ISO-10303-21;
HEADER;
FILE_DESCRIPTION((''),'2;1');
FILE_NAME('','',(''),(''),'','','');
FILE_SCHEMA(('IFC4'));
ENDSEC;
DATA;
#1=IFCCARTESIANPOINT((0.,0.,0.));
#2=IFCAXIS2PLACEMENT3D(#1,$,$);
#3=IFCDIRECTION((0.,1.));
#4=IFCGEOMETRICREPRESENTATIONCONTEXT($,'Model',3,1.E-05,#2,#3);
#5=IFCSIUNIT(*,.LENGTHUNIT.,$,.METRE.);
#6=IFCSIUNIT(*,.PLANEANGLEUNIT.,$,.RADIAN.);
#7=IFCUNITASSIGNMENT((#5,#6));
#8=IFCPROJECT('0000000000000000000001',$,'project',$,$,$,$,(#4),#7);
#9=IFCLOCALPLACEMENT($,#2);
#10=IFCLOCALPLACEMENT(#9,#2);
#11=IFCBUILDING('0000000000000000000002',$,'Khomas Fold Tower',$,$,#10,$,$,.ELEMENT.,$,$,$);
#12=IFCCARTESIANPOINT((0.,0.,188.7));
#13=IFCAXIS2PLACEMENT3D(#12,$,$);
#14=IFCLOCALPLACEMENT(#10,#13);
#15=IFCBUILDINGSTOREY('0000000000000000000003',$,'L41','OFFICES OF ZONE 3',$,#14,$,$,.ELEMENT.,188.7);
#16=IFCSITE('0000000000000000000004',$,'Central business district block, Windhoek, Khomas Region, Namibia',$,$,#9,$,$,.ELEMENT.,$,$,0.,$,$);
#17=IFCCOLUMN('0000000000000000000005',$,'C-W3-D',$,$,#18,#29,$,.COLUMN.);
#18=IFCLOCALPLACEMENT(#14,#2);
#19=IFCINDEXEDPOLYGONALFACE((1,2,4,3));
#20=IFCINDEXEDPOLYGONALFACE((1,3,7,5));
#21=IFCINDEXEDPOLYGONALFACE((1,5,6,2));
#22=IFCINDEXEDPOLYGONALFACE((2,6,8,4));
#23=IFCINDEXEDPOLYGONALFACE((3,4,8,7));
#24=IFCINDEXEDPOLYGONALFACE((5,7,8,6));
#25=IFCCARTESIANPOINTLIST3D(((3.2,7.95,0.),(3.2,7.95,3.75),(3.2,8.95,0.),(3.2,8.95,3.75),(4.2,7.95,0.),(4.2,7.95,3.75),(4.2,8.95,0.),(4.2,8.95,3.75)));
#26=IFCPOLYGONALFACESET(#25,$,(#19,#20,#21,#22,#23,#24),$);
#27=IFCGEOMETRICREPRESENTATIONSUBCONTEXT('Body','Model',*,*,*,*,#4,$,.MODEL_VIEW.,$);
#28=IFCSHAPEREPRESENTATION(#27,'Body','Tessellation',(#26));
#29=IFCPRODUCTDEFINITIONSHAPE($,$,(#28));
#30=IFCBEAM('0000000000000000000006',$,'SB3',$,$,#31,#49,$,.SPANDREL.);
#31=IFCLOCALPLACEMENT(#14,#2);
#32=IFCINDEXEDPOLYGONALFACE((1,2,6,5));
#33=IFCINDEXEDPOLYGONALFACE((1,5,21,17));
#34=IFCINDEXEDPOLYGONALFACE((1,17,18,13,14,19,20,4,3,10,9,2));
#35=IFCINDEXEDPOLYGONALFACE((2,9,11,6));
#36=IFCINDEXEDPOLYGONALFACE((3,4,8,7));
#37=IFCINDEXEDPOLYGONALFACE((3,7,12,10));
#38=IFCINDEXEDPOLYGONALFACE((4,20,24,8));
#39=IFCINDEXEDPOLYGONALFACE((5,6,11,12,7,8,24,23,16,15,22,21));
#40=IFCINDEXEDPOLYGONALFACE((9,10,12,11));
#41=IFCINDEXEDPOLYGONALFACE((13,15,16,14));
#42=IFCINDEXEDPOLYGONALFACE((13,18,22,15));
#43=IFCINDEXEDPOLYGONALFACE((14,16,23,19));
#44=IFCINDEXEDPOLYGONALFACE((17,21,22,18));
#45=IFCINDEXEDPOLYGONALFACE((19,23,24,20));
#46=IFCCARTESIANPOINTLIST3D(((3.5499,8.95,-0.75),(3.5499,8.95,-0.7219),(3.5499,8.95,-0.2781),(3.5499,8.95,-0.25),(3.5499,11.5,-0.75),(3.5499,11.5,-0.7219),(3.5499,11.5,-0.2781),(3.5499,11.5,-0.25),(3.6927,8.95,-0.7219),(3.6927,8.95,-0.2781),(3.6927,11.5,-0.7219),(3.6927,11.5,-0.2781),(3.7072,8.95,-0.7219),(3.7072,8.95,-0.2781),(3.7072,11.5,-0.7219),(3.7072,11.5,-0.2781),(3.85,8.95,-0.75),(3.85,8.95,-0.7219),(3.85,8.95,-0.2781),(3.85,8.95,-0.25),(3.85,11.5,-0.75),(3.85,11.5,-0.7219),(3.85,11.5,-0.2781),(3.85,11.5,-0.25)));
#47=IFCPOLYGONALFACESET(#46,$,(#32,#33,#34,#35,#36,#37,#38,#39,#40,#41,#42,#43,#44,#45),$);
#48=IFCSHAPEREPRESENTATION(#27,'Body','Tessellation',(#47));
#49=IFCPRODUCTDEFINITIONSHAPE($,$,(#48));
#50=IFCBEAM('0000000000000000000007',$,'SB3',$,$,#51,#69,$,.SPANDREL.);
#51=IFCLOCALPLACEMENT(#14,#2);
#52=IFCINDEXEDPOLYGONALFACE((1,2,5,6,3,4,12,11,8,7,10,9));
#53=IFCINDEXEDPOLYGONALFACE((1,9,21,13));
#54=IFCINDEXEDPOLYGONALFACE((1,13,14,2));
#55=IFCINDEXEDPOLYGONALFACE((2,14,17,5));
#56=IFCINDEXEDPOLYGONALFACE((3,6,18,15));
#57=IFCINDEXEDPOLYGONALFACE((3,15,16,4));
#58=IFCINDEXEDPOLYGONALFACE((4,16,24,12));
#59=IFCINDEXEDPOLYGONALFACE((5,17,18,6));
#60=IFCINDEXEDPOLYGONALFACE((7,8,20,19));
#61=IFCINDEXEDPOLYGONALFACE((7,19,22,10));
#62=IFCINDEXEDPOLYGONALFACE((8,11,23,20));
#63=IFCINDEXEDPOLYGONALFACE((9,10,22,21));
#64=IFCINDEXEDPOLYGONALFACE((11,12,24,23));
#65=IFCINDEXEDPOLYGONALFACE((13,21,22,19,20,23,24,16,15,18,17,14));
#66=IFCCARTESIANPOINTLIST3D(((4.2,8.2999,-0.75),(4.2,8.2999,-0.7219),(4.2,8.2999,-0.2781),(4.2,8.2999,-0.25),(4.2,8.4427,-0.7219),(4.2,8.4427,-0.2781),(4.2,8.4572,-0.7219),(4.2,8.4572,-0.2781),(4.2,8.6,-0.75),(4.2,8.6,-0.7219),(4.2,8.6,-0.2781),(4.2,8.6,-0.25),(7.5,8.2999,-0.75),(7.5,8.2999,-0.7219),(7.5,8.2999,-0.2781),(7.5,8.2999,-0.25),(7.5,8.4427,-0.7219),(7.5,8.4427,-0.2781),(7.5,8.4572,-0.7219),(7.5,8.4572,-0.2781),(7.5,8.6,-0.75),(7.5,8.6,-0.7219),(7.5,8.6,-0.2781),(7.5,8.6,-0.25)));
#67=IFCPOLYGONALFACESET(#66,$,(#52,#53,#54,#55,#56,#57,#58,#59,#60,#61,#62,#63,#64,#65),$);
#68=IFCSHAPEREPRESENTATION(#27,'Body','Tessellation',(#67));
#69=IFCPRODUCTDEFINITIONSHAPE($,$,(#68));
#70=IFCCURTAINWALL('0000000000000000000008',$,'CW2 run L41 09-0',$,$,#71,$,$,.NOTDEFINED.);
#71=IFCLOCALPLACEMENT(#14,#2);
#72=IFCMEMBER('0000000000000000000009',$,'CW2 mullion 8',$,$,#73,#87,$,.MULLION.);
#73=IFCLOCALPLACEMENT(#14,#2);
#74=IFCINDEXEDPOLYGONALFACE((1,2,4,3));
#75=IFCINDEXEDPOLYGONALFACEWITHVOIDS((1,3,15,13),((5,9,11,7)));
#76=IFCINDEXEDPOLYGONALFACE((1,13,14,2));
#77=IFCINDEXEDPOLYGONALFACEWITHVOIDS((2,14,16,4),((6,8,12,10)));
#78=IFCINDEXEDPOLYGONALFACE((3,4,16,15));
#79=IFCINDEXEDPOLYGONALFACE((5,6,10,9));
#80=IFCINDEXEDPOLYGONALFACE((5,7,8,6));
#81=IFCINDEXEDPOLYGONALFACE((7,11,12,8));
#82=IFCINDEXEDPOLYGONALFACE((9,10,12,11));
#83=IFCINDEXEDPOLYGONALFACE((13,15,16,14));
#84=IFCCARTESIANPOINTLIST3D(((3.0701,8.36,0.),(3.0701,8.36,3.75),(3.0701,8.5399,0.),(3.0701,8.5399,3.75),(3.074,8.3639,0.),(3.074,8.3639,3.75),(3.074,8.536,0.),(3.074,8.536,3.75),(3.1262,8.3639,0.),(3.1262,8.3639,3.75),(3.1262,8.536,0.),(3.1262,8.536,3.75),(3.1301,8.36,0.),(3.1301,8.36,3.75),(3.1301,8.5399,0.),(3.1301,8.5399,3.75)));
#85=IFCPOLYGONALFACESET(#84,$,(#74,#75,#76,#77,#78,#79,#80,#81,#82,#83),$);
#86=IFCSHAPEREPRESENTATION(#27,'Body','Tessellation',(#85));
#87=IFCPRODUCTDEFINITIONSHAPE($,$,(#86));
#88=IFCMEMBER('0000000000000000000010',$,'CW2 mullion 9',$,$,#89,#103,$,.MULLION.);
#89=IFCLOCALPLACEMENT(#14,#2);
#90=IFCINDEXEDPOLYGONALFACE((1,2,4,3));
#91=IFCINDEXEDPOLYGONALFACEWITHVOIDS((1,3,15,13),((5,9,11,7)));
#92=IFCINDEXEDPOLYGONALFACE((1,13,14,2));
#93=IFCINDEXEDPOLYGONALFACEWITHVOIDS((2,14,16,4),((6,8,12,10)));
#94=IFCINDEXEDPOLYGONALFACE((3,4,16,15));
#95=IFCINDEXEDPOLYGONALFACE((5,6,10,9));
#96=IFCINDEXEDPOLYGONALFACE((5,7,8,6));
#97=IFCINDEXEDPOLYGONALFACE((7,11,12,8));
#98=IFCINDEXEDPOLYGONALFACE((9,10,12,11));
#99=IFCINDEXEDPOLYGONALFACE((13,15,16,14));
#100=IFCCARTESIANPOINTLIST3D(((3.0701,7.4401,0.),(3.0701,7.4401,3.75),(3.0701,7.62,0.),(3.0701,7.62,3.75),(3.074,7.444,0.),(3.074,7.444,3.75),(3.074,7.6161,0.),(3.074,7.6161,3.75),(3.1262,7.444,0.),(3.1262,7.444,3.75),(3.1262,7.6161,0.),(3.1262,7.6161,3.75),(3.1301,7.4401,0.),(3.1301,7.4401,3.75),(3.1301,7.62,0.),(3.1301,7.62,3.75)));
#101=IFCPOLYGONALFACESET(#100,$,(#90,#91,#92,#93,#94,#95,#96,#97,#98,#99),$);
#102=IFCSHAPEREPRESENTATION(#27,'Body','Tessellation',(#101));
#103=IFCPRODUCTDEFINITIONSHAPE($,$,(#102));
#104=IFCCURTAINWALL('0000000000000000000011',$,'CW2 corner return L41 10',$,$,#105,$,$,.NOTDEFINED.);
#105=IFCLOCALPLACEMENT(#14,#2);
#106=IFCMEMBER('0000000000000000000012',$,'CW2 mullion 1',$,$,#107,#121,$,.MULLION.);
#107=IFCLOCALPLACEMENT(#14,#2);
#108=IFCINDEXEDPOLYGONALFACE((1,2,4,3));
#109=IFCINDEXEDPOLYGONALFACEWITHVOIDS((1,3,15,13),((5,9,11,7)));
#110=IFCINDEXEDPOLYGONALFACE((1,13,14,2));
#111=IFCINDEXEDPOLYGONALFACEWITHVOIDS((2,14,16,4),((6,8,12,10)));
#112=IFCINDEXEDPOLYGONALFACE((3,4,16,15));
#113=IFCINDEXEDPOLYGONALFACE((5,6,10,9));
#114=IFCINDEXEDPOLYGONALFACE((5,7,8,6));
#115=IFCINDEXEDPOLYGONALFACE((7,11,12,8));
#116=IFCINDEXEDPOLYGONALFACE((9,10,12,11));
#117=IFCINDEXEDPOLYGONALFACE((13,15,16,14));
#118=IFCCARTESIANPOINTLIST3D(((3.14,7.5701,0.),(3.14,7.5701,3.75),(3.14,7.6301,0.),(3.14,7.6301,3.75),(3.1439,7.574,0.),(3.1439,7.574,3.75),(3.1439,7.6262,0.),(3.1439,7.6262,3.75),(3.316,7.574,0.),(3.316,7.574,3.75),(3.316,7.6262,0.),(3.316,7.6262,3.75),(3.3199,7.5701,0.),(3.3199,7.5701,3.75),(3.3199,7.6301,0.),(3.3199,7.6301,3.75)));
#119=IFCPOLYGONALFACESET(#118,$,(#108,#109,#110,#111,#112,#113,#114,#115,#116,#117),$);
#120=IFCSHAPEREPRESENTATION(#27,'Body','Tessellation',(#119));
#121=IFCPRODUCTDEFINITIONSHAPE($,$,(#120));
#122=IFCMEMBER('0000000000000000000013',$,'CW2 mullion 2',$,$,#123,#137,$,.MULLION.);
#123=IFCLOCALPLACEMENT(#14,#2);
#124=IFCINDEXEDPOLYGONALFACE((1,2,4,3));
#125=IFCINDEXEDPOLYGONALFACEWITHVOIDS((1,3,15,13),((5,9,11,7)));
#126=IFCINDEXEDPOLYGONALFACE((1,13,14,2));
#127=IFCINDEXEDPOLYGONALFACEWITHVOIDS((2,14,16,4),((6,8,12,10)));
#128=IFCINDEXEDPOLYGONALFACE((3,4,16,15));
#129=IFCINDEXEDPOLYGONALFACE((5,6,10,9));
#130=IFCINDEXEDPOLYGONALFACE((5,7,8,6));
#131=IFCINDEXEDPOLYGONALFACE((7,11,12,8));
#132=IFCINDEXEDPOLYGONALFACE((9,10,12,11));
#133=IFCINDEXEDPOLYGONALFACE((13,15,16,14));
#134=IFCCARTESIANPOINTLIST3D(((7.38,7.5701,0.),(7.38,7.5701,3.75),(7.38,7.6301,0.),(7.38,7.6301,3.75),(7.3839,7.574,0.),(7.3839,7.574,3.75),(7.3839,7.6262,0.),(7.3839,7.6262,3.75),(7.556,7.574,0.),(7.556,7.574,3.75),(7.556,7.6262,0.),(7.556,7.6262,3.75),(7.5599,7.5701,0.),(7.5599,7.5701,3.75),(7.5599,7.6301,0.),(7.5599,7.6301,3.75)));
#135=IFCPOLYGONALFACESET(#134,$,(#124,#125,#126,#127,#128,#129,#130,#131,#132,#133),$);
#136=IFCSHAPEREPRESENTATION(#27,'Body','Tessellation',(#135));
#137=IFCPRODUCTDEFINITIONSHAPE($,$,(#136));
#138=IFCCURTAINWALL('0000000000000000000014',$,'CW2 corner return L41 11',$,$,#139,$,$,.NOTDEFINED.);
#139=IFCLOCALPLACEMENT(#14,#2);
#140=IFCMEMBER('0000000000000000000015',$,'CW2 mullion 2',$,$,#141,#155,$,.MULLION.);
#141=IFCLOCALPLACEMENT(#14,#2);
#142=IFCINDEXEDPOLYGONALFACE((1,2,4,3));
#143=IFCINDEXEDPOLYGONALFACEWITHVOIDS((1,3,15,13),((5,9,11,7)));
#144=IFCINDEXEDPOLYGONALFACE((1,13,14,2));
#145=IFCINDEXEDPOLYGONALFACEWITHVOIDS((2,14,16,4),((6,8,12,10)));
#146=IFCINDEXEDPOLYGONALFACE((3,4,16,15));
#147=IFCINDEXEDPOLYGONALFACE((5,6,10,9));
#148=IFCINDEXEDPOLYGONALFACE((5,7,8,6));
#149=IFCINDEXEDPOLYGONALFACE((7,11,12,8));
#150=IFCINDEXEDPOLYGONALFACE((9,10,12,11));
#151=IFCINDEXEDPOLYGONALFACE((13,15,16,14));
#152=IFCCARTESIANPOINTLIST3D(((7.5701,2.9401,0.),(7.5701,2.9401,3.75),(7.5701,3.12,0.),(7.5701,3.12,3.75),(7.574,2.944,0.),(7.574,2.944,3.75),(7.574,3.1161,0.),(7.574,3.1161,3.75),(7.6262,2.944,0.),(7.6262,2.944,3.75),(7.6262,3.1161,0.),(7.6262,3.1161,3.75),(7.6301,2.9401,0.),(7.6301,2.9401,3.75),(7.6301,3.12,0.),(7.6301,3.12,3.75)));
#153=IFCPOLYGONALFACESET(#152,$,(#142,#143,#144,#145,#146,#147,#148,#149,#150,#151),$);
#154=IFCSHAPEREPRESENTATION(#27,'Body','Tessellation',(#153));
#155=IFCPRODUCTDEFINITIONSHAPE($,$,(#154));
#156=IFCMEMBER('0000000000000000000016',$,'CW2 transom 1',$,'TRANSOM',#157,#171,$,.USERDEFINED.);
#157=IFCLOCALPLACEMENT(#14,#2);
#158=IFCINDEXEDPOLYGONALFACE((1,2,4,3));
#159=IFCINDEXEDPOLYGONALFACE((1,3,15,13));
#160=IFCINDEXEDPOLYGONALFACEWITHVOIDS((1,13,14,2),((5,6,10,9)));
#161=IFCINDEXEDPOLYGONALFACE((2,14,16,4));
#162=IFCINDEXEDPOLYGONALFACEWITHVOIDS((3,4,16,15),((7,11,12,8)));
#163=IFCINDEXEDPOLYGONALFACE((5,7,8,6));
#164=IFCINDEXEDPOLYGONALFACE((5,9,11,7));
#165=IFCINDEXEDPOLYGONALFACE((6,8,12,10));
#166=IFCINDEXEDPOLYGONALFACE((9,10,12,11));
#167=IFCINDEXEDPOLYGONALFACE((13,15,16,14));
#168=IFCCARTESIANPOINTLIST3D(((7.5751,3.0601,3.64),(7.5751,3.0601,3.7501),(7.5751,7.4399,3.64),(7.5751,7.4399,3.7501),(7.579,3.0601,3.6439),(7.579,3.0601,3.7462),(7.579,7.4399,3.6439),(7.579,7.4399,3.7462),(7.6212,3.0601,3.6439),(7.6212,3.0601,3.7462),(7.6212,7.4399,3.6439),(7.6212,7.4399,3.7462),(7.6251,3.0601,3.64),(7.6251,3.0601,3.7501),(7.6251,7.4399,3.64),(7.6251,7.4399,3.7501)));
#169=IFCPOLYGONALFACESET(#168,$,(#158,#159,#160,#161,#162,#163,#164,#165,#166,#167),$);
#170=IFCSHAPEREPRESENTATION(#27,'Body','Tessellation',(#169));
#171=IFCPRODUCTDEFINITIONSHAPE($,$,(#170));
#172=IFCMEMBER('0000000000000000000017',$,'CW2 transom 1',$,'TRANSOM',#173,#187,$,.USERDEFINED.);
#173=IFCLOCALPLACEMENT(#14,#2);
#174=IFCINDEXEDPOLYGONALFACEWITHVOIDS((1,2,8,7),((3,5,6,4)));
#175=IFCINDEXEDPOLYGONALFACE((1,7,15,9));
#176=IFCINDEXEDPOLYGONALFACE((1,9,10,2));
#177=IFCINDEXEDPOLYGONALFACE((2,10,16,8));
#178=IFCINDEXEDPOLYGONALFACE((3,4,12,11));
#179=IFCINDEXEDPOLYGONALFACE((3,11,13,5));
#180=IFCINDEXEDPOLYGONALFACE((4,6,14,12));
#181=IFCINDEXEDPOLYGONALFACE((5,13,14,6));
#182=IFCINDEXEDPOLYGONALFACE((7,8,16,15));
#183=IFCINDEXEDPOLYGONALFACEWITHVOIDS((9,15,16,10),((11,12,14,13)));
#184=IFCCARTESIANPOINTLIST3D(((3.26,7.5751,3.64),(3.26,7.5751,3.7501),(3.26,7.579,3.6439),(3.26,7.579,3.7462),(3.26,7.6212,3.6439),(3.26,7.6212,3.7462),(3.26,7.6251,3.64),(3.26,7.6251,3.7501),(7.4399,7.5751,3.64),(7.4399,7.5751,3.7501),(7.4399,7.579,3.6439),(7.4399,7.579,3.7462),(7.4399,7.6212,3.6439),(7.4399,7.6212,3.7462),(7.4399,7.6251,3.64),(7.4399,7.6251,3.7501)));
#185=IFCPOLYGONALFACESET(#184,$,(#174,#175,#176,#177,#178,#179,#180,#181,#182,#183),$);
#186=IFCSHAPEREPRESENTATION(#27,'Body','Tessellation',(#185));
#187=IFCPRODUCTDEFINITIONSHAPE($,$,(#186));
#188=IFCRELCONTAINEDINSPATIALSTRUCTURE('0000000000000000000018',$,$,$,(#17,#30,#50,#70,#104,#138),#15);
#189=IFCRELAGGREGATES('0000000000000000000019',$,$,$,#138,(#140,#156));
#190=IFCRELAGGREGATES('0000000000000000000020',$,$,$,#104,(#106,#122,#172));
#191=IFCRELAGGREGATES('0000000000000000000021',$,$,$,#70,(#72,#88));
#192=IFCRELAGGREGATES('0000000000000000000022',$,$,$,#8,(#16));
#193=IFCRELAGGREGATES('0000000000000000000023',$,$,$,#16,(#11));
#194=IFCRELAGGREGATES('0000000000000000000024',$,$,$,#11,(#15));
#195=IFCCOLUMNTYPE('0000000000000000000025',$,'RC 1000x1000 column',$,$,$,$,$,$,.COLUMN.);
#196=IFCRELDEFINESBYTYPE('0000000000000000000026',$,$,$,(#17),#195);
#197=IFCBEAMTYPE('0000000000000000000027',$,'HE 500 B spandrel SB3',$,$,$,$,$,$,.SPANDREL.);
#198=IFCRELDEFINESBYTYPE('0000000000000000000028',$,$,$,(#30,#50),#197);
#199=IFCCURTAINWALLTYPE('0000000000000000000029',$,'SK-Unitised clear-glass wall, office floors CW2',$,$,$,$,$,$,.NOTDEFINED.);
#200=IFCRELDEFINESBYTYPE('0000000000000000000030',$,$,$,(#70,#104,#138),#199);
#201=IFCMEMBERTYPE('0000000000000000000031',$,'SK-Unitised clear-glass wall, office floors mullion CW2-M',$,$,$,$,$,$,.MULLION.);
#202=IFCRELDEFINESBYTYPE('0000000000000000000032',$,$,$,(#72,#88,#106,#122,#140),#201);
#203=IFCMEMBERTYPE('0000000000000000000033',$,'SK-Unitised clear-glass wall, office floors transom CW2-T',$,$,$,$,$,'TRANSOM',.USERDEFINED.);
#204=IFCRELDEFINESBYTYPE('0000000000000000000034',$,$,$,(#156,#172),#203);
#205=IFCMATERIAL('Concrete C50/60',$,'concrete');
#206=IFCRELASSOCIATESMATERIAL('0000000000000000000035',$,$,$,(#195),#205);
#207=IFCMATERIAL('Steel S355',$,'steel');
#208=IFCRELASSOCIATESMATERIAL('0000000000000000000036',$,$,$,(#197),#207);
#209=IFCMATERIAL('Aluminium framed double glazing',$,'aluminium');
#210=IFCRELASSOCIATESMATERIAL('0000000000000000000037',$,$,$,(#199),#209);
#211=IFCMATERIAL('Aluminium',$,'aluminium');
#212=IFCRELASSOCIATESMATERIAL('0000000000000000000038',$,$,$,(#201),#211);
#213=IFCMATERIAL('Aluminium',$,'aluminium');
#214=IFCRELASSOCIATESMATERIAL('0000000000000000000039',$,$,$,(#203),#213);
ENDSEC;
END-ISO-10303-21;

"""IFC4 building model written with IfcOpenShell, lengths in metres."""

from ifc_helpers import new_model, si_unit, direction, frame, origin, origin_2d, place, context, subcontext, project, spatial, rectangle, hollow_rectangle, i_section, extrude, source, transform, mapped, material, material_profile, profile_set, type_object, element, aggregate, save


model = new_model("IFC4")

# Units and contexts
model_context = context("Model", 3, precision=1e-05, world=origin(), true_north=direction((0.0, 1.0)))
body_context = subcontext(model_context, "Body", "Model", "MODEL_VIEW")
ifc_project = project(units=[si_unit("LENGTHUNIT", "METRE"), si_unit("PLANEANGLEUNIT", "RADIAN")], contexts=[model_context])

# Site, building, storey
site_placement = place(None, origin())
site = spatial("IfcSite", under=ifc_project, at=site_placement, Name="Central business district block, Windhoek, Khomas Region, Namibia", CompositionType="ELEMENT", RefElevation=0.0)
building_placement = place(site_placement, origin())
building = spatial("IfcBuilding", under=site, at=building_placement, Name="Khomas Fold Tower", CompositionType="ELEMENT")
storey_placement = place(building_placement, frame((0.0, 0.0, 188.7)))
storey = spatial("IfcBuildingStorey", under=building, at=storey_placement, Name="L41", Description="OFFICES OF ZONE 3", CompositionType="ELEMENT", Elevation=188.7)

# Column
ifc_material_1 = material(Name="Concrete C50/60", Category="concrete")
ifc_material_profile_1 = material_profile(ifc_material_1, rectangle(XDim=1.0, YDim=1.0, at=origin_2d()), Name="RC 1000x1000")
ifc_profile_set_1 = profile_set([ifc_material_profile_1], Name="Concrete C50/60")
column_type = type_object("IfcColumnType", Name="RC 1000x1000 column", PredefinedType="COLUMN", material=ifc_profile_set_1)
shared_shape_1 = source(origin(), body_context, "Body", "SweptSolid", [
    extrude(rectangle(XDim=1.0, YDim=1.0, at=origin_2d()), origin(), (0.0, 0.0, 1.0), 3.75),
])
column_placement = place(storey_placement, frame((3.7, 8.45, 0.0), z_axis=(0.0, 0.0, 1.0), x_axis=(1.0, 0.0, 0.0)))
element("IfcColumn", 1, at=column_placement, inside=storey, type_object=column_type, Name="C-W3-D", PredefinedType="COLUMN", context=body_context, shape_type="MappedRepresentation", body=[
    mapped(shared_shape_1, transform((0.0, 0.0, 0.0))),
])

# Beams
ifc_material_2 = material(Name="Steel S355", Category="steel")
ifc_material_profile_2 = material_profile(ifc_material_2, i_section(OverallWidth=0.3, OverallDepth=0.5, WebThickness=0.0144, FlangeThickness=0.0281, at=origin_2d()), Name="HE 500 B")
ifc_profile_set_2 = profile_set([ifc_material_profile_2], Name="Steel S355")
beam_type = type_object("IfcBeamType", Name="HE 500 B spandrel SB3", PredefinedType="SPANDREL", material=ifc_profile_set_2)
shared_shape_2 = source(origin(), body_context, "Body", "SweptSolid", [
    extrude(i_section(OverallWidth=0.3, OverallDepth=0.5, WebThickness=0.0144, FlangeThickness=0.0281, at=origin_2d()), origin(), (0.0, 0.0, 1.0), 2.55),
])
beam_1_placement = place(storey_placement, frame((3.7, 8.95, -0.5), z_axis=(0.0, 1.0, 0.0), x_axis=(-1.0, 0.0, 0.0)))
element("IfcBeam", 2, at=beam_1_placement, inside=storey, type_object=beam_type, Name="SB3", PredefinedType="SPANDREL", context=body_context, shape_type="MappedRepresentation", body=[
    mapped(shared_shape_2, transform((0.0, 0.0, 0.0))),
])
shared_shape_3 = source(origin(), body_context, "Body", "SweptSolid", [
    extrude(i_section(OverallWidth=0.3, OverallDepth=0.5, WebThickness=0.0144, FlangeThickness=0.0281, at=origin_2d()), origin(), (0.0, 0.0, 1.0), 3.3),
])
beam_2_placement = place(storey_placement, frame((4.2, 8.45, -0.5), z_axis=(1.0, 0.0, 0.0), x_axis=(0.0, 1.0, 0.0)))
element("IfcBeam", 3, at=beam_2_placement, inside=storey, type_object=beam_type, Name="SB3", PredefinedType="SPANDREL", context=body_context, shape_type="MappedRepresentation", body=[
    mapped(shared_shape_3, transform((0.0, 0.0, 0.0))),
])

# Curtain walls, members
ifc_material_3 = material(Name="Aluminium framed double glazing", Category="aluminium")
curtain_wall_type = type_object("IfcCurtainWallType", Name="SK-Unitised clear-glass wall, office floors CW2", PredefinedType="NOTDEFINED", material=ifc_material_3)
curtain_wall_1_placement = place(storey_placement, origin())
curtain_wall_1 = element("IfcCurtainWall", 4, at=curtain_wall_1_placement, inside=storey, type_object=curtain_wall_type, Name="CW2 run L41 09-0", PredefinedType="NOTDEFINED")
ifc_material_4 = material(Name="Aluminium", Category="aluminium")
ifc_material_profile_3 = material_profile(ifc_material_4, hollow_rectangle(XDim=0.0601, YDim=0.1799, WallThickness=0.0039, at=origin_2d()), Name="SK-Unitised clear-glass wall, office floors mullion CW2-M")
ifc_profile_set_3 = profile_set([ifc_material_profile_3], Name="Aluminium")
member_type_1 = type_object("IfcMemberType", Name="SK-Unitised clear-glass wall, office floors mullion CW2-M", PredefinedType="MULLION", material=ifc_profile_set_3)
shared_shape_4 = source(origin(), body_context, "Body", "SweptSolid", [
    extrude(hollow_rectangle(XDim=0.0601, YDim=0.1799, WallThickness=0.0039, at=origin_2d()), origin(), (0.0, 0.0, 1.0), 3.75),
])
member_1_placement = place(storey_placement, frame((3.1001, 8.45, 0.0), z_axis=(0.0, 0.0, 1.0), x_axis=(1.0, 0.0, 0.0)))
member_1 = element("IfcMember", 5, at=member_1_placement, type_object=member_type_1, Name="CW2 mullion 8", PredefinedType="MULLION", context=body_context, shape_type="MappedRepresentation", body=[
    mapped(shared_shape_4, transform((0.0, 0.0, 0.0))),
])
member_2_placement = place(storey_placement, frame((3.1001, 7.53, 0.0), z_axis=(0.0, 0.0, 1.0), x_axis=(1.0, 0.0, 0.0)))
member_2 = element("IfcMember", 6, at=member_2_placement, type_object=member_type_1, Name="CW2 mullion 9", PredefinedType="MULLION", context=body_context, shape_type="MappedRepresentation", body=[
    mapped(shared_shape_4, transform((0.0, 0.0, 0.0))),
])
curtain_wall_2_placement = place(storey_placement, origin())
curtain_wall_2 = element("IfcCurtainWall", 7, at=curtain_wall_2_placement, inside=storey, type_object=curtain_wall_type, Name="CW2 corner return L41 10", PredefinedType="NOTDEFINED")
member_3_placement = place(storey_placement, frame((3.23, 7.6001, 0.0), z_axis=(0.0, 0.0, 1.0), x_axis=(0.0, 1.0, 0.0)))
member_3 = element("IfcMember", 8, at=member_3_placement, type_object=member_type_1, Name="CW2 mullion 1", PredefinedType="MULLION", context=body_context, shape_type="MappedRepresentation", body=[
    mapped(shared_shape_4, transform((0.0, 0.0, 0.0))),
])
member_4_placement = place(storey_placement, frame((7.47, 7.6001, 0.0), z_axis=(0.0, 0.0, 1.0), x_axis=(0.0, 1.0, 0.0)))
member_4 = element("IfcMember", 9, at=member_4_placement, type_object=member_type_1, Name="CW2 mullion 2", PredefinedType="MULLION", context=body_context, shape_type="MappedRepresentation", body=[
    mapped(shared_shape_4, transform((0.0, 0.0, 0.0))),
])
curtain_wall_3_placement = place(storey_placement, origin())
curtain_wall_3 = element("IfcCurtainWall", 10, at=curtain_wall_3_placement, inside=storey, type_object=curtain_wall_type, Name="CW2 corner return L41 11", PredefinedType="NOTDEFINED")
member_5_placement = place(storey_placement, frame((7.6001, 3.03, 0.0), z_axis=(0.0, 0.0, 1.0), x_axis=(1.0, 0.0, 0.0)))
member_5 = element("IfcMember", 11, at=member_5_placement, type_object=member_type_1, Name="CW2 mullion 2", PredefinedType="MULLION", context=body_context, shape_type="MappedRepresentation", body=[
    mapped(shared_shape_4, transform((0.0, 0.0, 0.0))),
])
ifc_material_5 = material(Name="Aluminium", Category="aluminium")
ifc_material_profile_4 = material_profile(ifc_material_5, hollow_rectangle(XDim=0.05, YDim=0.1101, WallThickness=0.0039, at=origin_2d()), Name="SK-Unitised clear-glass wall, office floors transom CW2-T")
ifc_profile_set_4 = profile_set([ifc_material_profile_4], Name="Aluminium")
member_type_2 = type_object("IfcMemberType", Name="SK-Unitised clear-glass wall, office floors transom CW2-T", ElementType="TRANSOM", PredefinedType="USERDEFINED", material=ifc_profile_set_4)
shared_shape_5 = source(origin(), body_context, "Body", "SweptSolid", [
    extrude(hollow_rectangle(XDim=0.05, YDim=0.1101, WallThickness=0.0039, at=origin_2d()), origin(), (0.0, 0.0, 1.0), 4.3799),
])
member_6_placement = place(storey_placement, frame((7.6001, 7.4399, 3.6951), z_axis=(0.0, -1.0, 0.0), x_axis=(1.0, 0.0, 0.0)))
member_6 = element("IfcMember", 12, at=member_6_placement, type_object=member_type_2, Name="CW2 transom 1", ObjectType="TRANSOM", PredefinedType="USERDEFINED", context=body_context, shape_type="MappedRepresentation", body=[
    mapped(shared_shape_5, transform((0.0, 0.0, 0.0))),
])

# Member
shared_shape_6 = source(origin(), body_context, "Body", "SweptSolid", [
    extrude(hollow_rectangle(XDim=0.05, YDim=0.1101, WallThickness=0.0039, at=origin_2d()), origin(), (0.0, 0.0, 1.0), 4.1799),
])
member_7_placement = place(storey_placement, frame((3.26, 7.6001, 3.6951), z_axis=(1.0, 0.0, 0.0), x_axis=(0.0, 1.0, 0.0)))
member_7 = element("IfcMember", 13, at=member_7_placement, type_object=member_type_2, Name="CW2 transom 1", ObjectType="TRANSOM", PredefinedType="USERDEFINED", context=body_context, shape_type="MappedRepresentation", body=[
    mapped(shared_shape_6, transform((0.0, 0.0, 0.0))),
])

aggregate(curtain_wall_3, [member_5, member_6])
aggregate(curtain_wall_2, [member_3, member_4, member_7])
aggregate(curtain_wall_1, [member_1, member_2])

save(model, "model.ifc")
